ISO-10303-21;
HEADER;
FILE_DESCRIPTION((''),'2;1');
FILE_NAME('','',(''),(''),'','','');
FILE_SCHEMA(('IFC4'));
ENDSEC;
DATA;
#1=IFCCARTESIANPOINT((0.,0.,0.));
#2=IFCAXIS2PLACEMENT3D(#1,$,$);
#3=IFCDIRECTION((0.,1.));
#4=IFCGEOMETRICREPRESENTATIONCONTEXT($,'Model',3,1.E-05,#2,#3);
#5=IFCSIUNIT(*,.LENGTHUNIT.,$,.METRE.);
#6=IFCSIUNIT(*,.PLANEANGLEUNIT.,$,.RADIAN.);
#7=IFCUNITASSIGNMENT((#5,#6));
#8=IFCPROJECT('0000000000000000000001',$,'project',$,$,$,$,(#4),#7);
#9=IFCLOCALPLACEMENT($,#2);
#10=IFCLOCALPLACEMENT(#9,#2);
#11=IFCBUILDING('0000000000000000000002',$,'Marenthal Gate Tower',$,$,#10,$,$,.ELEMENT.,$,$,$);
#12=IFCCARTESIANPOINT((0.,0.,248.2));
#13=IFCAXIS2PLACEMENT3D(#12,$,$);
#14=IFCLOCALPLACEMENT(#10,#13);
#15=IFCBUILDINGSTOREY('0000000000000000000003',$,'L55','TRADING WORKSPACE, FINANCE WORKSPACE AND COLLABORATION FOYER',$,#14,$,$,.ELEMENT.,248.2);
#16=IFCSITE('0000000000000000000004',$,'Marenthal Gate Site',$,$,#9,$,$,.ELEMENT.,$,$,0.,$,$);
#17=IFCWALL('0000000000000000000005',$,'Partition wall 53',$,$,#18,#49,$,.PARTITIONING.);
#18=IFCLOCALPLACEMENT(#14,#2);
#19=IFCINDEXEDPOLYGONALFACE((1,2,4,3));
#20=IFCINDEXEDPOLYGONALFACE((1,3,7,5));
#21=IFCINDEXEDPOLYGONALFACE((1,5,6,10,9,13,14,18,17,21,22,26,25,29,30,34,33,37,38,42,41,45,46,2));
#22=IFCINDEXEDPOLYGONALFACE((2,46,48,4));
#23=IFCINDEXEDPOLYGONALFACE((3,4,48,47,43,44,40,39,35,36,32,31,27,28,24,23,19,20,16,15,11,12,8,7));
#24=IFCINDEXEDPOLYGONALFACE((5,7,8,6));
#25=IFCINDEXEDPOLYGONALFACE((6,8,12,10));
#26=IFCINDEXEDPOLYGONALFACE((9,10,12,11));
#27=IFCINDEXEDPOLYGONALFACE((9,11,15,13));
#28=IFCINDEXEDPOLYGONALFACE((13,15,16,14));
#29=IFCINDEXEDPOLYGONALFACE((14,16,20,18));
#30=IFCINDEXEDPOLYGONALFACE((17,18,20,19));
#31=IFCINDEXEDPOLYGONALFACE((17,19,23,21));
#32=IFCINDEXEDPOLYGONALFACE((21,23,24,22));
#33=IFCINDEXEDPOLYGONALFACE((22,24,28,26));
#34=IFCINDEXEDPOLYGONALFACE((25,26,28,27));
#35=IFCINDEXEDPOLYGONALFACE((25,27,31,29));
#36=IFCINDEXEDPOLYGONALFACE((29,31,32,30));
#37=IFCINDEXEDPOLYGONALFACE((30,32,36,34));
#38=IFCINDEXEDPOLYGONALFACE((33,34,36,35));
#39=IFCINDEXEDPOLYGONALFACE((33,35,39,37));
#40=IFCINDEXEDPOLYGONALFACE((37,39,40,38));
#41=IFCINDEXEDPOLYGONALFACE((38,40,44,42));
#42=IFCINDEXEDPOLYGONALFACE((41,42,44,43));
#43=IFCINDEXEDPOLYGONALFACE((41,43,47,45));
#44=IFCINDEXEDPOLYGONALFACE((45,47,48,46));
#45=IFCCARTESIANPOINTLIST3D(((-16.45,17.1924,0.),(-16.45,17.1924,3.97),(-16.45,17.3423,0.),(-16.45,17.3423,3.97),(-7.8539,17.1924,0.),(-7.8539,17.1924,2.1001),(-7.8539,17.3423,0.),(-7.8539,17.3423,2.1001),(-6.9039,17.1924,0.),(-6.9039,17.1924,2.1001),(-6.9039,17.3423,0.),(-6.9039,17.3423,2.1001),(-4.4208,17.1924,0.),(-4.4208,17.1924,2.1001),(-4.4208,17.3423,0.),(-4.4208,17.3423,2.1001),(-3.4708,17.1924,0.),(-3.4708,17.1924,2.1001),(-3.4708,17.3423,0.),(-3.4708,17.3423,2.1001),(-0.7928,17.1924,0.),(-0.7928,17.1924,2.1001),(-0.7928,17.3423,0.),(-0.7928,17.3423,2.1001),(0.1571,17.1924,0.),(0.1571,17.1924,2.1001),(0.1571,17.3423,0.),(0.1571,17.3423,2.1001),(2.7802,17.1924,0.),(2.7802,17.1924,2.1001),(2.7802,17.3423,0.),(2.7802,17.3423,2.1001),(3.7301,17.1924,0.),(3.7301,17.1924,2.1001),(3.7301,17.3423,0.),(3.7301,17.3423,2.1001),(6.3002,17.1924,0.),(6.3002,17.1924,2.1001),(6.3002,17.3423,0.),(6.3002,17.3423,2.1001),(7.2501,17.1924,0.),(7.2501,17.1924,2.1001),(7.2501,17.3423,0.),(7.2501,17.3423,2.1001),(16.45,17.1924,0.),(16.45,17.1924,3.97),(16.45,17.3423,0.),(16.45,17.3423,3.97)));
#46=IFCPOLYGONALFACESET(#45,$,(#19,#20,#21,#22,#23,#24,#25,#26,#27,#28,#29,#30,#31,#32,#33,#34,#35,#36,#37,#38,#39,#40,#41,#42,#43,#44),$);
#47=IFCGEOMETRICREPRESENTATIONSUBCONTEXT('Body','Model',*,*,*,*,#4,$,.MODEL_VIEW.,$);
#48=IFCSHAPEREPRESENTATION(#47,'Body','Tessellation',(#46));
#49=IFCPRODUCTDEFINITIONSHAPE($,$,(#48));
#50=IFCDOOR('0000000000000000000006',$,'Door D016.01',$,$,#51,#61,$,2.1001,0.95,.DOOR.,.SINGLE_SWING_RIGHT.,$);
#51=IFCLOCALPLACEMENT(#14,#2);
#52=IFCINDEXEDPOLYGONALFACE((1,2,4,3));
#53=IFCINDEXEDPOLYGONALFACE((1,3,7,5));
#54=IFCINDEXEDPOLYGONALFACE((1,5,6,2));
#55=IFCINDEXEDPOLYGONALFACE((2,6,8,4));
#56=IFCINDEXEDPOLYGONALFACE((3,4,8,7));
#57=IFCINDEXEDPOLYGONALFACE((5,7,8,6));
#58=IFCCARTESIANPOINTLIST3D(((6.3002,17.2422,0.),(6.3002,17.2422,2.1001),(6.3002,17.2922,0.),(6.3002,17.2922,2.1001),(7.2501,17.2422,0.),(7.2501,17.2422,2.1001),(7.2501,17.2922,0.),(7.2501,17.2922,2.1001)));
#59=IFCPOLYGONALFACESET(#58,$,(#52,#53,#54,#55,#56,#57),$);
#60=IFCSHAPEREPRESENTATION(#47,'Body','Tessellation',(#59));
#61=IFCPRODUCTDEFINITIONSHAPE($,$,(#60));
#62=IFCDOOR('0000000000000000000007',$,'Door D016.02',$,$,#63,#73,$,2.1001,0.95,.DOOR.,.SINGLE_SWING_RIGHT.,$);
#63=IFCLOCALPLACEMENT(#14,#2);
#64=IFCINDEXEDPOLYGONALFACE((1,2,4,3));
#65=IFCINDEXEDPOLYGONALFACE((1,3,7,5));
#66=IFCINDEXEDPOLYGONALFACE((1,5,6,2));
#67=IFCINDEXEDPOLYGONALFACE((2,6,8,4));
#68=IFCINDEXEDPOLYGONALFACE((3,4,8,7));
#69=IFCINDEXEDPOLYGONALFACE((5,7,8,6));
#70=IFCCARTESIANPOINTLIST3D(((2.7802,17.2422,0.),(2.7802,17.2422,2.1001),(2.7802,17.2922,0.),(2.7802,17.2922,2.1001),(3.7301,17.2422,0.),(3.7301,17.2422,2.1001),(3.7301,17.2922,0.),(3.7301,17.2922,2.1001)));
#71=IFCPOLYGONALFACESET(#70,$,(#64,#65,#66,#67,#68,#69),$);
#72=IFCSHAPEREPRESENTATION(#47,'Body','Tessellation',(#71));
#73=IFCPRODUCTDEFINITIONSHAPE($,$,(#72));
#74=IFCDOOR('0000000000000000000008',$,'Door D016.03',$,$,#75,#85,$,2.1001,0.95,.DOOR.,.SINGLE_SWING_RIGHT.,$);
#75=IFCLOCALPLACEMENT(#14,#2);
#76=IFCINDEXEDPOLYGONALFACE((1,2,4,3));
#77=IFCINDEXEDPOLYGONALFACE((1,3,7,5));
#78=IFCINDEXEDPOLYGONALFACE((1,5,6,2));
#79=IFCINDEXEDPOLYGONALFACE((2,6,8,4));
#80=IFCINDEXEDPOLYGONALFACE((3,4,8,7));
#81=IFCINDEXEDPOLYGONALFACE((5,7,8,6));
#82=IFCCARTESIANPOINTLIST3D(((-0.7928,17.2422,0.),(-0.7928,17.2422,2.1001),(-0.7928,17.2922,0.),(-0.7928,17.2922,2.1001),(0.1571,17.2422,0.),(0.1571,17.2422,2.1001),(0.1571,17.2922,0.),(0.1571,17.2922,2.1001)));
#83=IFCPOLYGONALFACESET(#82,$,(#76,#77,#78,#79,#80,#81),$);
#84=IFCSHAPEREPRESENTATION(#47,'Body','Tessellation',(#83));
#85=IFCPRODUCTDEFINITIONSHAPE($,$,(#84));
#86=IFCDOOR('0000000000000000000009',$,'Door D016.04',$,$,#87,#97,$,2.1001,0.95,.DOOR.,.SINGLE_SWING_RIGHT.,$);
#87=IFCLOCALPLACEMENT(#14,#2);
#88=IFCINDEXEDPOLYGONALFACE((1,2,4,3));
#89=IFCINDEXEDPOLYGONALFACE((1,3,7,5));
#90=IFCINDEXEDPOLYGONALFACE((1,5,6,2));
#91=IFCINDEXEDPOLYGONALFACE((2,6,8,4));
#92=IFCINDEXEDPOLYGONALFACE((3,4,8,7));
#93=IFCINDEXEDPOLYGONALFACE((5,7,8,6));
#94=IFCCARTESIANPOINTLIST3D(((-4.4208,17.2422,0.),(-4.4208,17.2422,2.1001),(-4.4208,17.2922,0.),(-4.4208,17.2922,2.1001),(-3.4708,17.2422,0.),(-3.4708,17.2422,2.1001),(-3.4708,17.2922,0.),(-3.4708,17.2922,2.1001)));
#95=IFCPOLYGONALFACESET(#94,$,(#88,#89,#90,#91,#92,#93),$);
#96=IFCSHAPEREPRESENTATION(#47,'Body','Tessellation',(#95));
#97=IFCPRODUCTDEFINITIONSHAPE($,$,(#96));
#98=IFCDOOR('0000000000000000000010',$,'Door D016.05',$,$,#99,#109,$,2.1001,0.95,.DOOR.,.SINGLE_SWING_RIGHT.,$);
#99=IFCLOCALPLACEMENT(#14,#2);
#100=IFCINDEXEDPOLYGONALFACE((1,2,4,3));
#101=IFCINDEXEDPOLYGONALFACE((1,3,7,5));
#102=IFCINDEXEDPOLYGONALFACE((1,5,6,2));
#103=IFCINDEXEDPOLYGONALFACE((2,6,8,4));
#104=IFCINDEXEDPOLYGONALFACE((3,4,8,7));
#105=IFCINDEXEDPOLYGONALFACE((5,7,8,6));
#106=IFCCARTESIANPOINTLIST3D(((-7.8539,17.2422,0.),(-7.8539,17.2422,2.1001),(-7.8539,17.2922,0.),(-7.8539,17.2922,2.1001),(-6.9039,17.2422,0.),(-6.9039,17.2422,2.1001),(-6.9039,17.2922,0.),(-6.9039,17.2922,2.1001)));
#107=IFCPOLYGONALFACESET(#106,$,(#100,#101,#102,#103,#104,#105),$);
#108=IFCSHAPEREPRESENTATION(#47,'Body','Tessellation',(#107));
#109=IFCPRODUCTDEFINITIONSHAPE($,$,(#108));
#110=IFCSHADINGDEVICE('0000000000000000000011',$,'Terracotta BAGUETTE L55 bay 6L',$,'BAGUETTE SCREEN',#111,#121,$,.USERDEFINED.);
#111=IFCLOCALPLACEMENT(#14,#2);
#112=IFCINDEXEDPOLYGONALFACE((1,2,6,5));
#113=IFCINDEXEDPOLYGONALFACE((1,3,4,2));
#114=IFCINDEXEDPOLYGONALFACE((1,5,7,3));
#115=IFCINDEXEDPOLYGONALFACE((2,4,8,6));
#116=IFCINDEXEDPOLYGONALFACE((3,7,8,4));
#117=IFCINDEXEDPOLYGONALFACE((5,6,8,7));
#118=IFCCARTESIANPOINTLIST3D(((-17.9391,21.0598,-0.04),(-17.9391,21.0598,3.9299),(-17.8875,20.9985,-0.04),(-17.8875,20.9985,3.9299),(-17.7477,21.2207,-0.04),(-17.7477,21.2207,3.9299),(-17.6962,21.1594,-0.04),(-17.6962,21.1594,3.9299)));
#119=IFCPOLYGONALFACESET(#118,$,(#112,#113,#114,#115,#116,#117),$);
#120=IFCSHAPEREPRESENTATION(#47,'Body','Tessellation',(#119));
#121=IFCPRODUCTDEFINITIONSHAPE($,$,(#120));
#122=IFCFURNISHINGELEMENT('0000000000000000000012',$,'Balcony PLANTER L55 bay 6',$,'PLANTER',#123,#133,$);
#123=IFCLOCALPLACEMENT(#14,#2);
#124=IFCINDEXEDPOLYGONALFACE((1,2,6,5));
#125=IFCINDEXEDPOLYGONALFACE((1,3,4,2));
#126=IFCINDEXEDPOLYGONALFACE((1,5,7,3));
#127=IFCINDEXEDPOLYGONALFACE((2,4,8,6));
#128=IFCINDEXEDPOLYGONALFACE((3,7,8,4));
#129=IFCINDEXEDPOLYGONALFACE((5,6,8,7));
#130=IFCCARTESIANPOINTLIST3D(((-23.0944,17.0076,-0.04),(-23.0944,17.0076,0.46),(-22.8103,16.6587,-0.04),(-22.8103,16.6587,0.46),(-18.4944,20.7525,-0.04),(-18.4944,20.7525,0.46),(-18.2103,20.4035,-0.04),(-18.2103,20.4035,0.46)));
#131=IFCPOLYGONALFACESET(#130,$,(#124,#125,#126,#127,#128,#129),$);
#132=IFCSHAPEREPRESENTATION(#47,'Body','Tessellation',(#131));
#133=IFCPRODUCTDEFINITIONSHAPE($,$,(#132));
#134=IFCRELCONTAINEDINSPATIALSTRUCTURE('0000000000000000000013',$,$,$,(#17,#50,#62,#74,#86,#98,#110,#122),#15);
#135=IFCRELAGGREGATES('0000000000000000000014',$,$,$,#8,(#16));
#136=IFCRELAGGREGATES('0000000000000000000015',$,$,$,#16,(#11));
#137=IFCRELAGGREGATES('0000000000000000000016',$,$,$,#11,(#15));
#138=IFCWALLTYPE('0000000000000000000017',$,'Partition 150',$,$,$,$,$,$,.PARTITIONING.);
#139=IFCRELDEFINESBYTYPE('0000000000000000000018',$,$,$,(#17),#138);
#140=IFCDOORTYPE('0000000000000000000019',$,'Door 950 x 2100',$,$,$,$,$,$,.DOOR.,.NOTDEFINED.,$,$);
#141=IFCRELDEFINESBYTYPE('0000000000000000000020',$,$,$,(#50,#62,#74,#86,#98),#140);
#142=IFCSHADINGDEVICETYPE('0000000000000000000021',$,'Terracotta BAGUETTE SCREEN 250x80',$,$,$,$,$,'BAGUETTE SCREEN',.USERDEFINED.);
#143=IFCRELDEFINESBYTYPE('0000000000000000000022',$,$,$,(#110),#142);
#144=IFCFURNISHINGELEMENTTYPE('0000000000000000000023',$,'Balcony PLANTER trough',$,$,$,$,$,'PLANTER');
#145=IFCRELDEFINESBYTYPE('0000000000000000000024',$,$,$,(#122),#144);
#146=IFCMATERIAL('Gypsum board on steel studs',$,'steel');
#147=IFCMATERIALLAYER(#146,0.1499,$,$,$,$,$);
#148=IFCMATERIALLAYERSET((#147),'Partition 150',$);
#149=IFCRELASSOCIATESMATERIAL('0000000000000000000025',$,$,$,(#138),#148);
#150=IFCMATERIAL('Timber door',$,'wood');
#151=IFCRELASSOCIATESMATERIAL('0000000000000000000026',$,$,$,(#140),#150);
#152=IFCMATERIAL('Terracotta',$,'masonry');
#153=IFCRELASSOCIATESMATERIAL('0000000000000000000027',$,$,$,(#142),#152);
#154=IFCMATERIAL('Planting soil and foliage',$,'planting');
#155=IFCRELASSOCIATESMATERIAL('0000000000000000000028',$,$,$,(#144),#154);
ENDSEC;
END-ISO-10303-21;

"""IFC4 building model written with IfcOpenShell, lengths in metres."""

from ifc_helpers import new_model, si_unit, direction, frame, frame_2d, origin, origin_2d, place, context, subcontext, project, spatial, rectangle, extrude, material, layer, layer_set, material_profile, profile_set, type_object, element, fill, save


model = new_model("IFC4")

# Units and contexts
model_context = context("Model", 3, precision=1e-05, world=origin(), true_north=direction((0.0, 1.0)))
body_context = subcontext(model_context, "Body", "Model", "MODEL_VIEW")
ifc_project = project(units=[si_unit("LENGTHUNIT", "METRE"), si_unit("PLANEANGLEUNIT", "RADIAN")], contexts=[model_context])

# Site, building, storey
site_placement = place(None, origin())
site = spatial("IfcSite", under=ifc_project, at=site_placement, Name="Marenthal Gate Site", CompositionType="ELEMENT", RefElevation=0.0)
building_placement = place(site_placement, origin())
building = spatial("IfcBuilding", under=site, at=building_placement, Name="Marenthal Gate Tower", CompositionType="ELEMENT")
storey_placement = place(building_placement, frame((0.0, 0.0, 248.2)))
storey = spatial("IfcBuildingStorey", under=building, at=storey_placement, Name="L55", Description="TRADING WORKSPACE, FINANCE WORKSPACE AND COLLABORATION FOYER", CompositionType="ELEMENT", Elevation=248.2)

# Shared definitions
ifc_material_1 = material(Name="Gypsum board on steel studs", Category="steel")
ifc_layer_1 = layer(ifc_material_1, 0.1499)
ifc_layer_set_1 = layer_set([ifc_layer_1], Name="Partition 150")
wall_type_1 = type_object("IfcWallType", Name="Partition 150", PredefinedType="PARTITIONING", material=ifc_layer_set_1)

# Wall, openings, doors
wall_1_placement = place(storey_placement, frame((-16.45, 17.2673, 0.0), z_axis=(0.0, 0.0, 1.0), x_axis=(1.0, 0.0, 0.0)))
wall_1 = element("IfcWall", 1, at=wall_1_placement, inside=storey, type_object=wall_type_1, Name="Partition wall 53", PredefinedType="PARTITIONING", context=body_context, shape_type="SweptSolid", body=[
    extrude(rectangle(XDim=32.8999, YDim=0.1499, at=frame_2d((16.45, 0.0))), origin(), (0.0, 0.0, 1.0), 3.97),
])
opening_1_placement = place(wall_1_placement, frame((22.75, 0.0, 0.0)))
opening_1 = element("IfcOpeningElement", 2, at=opening_1_placement, cuts=wall_1, PredefinedType="OPENING", context=body_context, shape_type="SweptSolid", body=[
    extrude(rectangle(XDim=0.95, YDim=2.1001, at=frame_2d((0.4751, 1.05))), frame((0.0, 0.085, 0.0), z_axis=(0.0, -1.0, 0.0), x_axis=(1.0, 0.0, 0.0)), (0.0, 0.0, 1.0), 0.1699),
])
opening_2_placement = place(wall_1_placement, frame((19.23, 0.0, 0.0)))
opening_2 = element("IfcOpeningElement", 3, at=opening_2_placement, cuts=wall_1, PredefinedType="OPENING", context=body_context, shape_type="SweptSolid", body=[
    extrude(rectangle(XDim=0.95, YDim=2.1001, at=frame_2d((0.4751, 1.05))), frame((0.0, 0.085, 0.0), z_axis=(0.0, -1.0, 0.0), x_axis=(1.0, 0.0, 0.0)), (0.0, 0.0, 1.0), 0.1699),
])
opening_3_placement = place(wall_1_placement, frame((15.657, 0.0, 0.0)))
opening_3 = element("IfcOpeningElement", 4, at=opening_3_placement, cuts=wall_1, PredefinedType="OPENING", context=body_context, shape_type="SweptSolid", body=[
    extrude(rectangle(XDim=0.95, YDim=2.1001, at=frame_2d((0.4751, 1.05))), frame((0.0, 0.085, 0.0), z_axis=(0.0, -1.0, 0.0), x_axis=(1.0, 0.0, 0.0)), (0.0, 0.0, 1.0), 0.1699),
])
opening_4_placement = place(wall_1_placement, frame((12.0291, 0.0, 0.0)))
opening_4 = element("IfcOpeningElement", 5, at=opening_4_placement, cuts=wall_1, PredefinedType="OPENING", context=body_context, shape_type="SweptSolid", body=[
    extrude(rectangle(XDim=0.95, YDim=2.1001, at=frame_2d((0.4751, 1.05))), frame((0.0, 0.085, 0.0), z_axis=(0.0, -1.0, 0.0), x_axis=(1.0, 0.0, 0.0)), (0.0, 0.0, 1.0), 0.1699),
])
opening_5_placement = place(wall_1_placement, frame((8.5959, 0.0, 0.0)))
opening_5 = element("IfcOpeningElement", 6, at=opening_5_placement, cuts=wall_1, PredefinedType="OPENING", context=body_context, shape_type="SweptSolid", body=[
    extrude(rectangle(XDim=0.95, YDim=2.1001, at=frame_2d((0.4751, 1.05))), frame((0.0, 0.085, 0.0), z_axis=(0.0, -1.0, 0.0), x_axis=(1.0, 0.0, 0.0)), (0.0, 0.0, 1.0), 0.1699),
])
ifc_material_2 = material(Name="Timber door", Category="wood")
door_type_1 = type_object("IfcDoorType", Name="Door 950 x 2100", OperationType="NOTDEFINED", PredefinedType="DOOR", material=ifc_material_2)
door_1_placement = place(opening_1_placement, origin())
door_1 = element("IfcDoor", 7, at=door_1_placement, inside=storey, type_object=door_type_1, Name="Door D016.01", OperationType="SINGLE_SWING_RIGHT", OverallHeight=2.1001, OverallWidth=0.95, PredefinedType="DOOR", context=body_context, shape_type="SweptSolid", body=[
    extrude(rectangle(XDim=0.95, YDim=2.1001, at=frame_2d((0.4751, 1.05))), frame((0.0, 0.0249, 0.0), z_axis=(0.0, -1.0, 0.0), x_axis=(1.0, 0.0, 0.0)), (0.0, 0.0, 1.0), 0.05),
])
fill(opening_1, door_1)
door_2_placement = place(opening_2_placement, origin())
door_2 = element("IfcDoor", 8, at=door_2_placement, inside=storey, type_object=door_type_1, Name="Door D016.02", OperationType="SINGLE_SWING_RIGHT", OverallHeight=2.1001, OverallWidth=0.95, PredefinedType="DOOR", context=body_context, shape_type="SweptSolid", body=[
    extrude(rectangle(XDim=0.95, YDim=2.1001, at=frame_2d((0.4751, 1.05))), frame((0.0, 0.0249, 0.0), z_axis=(0.0, -1.0, 0.0), x_axis=(1.0, 0.0, 0.0)), (0.0, 0.0, 1.0), 0.05),
])
fill(opening_2, door_2)
door_3_placement = place(opening_3_placement, origin())
door_3 = element("IfcDoor", 9, at=door_3_placement, inside=storey, type_object=door_type_1, Name="Door D016.03", OperationType="SINGLE_SWING_RIGHT", OverallHeight=2.1001, OverallWidth=0.95, PredefinedType="DOOR", context=body_context, shape_type="SweptSolid", body=[
    extrude(rectangle(XDim=0.95, YDim=2.1001, at=frame_2d((0.4751, 1.05))), frame((0.0, 0.0249, 0.0), z_axis=(0.0, -1.0, 0.0), x_axis=(1.0, 0.0, 0.0)), (0.0, 0.0, 1.0), 0.05),
])
fill(opening_3, door_3)
door_4_placement = place(opening_4_placement, origin())
door_4 = element("IfcDoor", 10, at=door_4_placement, inside=storey, type_object=door_type_1, Name="Door D016.04", OperationType="SINGLE_SWING_RIGHT", OverallHeight=2.1001, OverallWidth=0.95, PredefinedType="DOOR", context=body_context, shape_type="SweptSolid", body=[
    extrude(rectangle(XDim=0.95, YDim=2.1001, at=frame_2d((0.4751, 1.05))), frame((0.0, 0.0249, 0.0), z_axis=(0.0, -1.0, 0.0), x_axis=(1.0, 0.0, 0.0)), (0.0, 0.0, 1.0), 0.05),
])
fill(opening_4, door_4)
door_5_placement = place(opening_5_placement, origin())
door_5 = element("IfcDoor", 11, at=door_5_placement, inside=storey, type_object=door_type_1, Name="Door D016.05", OperationType="SINGLE_SWING_RIGHT", OverallHeight=2.1001, OverallWidth=0.95, PredefinedType="DOOR", context=body_context, shape_type="SweptSolid", body=[
    extrude(rectangle(XDim=0.95, YDim=2.1001, at=frame_2d((0.4751, 1.05))), frame((0.0, 0.0249, 0.0), z_axis=(0.0, -1.0, 0.0), x_axis=(1.0, 0.0, 0.0)), (0.0, 0.0, 1.0), 0.05),
])
fill(opening_5, door_5)

# Shading device
ifc_material_3 = material(Name="Terracotta", Category="masonry")
ifc_material_profile_1 = material_profile(ifc_material_3, rectangle(XDim=0.25, YDim=0.0801, at=origin_2d()), Name="Terracotta baguette 250x80")
ifc_profile_set_1 = profile_set([ifc_material_profile_1], Name="Terracotta")
shading_device_type = type_object("IfcShadingDeviceType", Name="Terracotta BAGUETTE SCREEN 250x80", ElementType="BAGUETTE SCREEN", PredefinedType="USERDEFINED", material=ifc_profile_set_1)
shading_device_placement = place(storey_placement, frame((-17.8176, 21.1096, -0.04), z_axis=(0.0, 0.0, 1.0), x_axis=(-0.765398, -0.643557, 0.0)))
element("IfcShadingDevice", 12, at=shading_device_placement, inside=storey, type_object=shading_device_type, Name="Terracotta BAGUETTE L55 bay 6L", ObjectType="BAGUETTE SCREEN", PredefinedType="USERDEFINED", context=body_context, shape_type="SweptSolid", body=[
    extrude(rectangle(XDim=0.25, YDim=0.0801, at=origin_2d()), origin(), (0.0, 0.0, 1.0), 3.97),
])

# Furnishing element
ifc_material_4 = material(Name="Planting soil and foliage", Category="planting")
furnishing_element_type = type_object("IfcFurnishingElementType", Name="Balcony PLANTER trough", ElementType="PLANTER", material=ifc_material_4)
furnishing_placement = place(storey_placement, frame((-20.6523, 18.7056, -0.04), z_axis=(0.0, 0.0, 1.0), x_axis=(-0.775505, -0.631342, 0.0)))
element("IfcFurnishingElement", 13, at=furnishing_placement, inside=storey, type_object=furnishing_element_type, Name="Balcony PLANTER L55 bay 6", ObjectType="PLANTER", context=body_context, shape_type="SweptSolid", body=[
    extrude(rectangle(XDim=5.9316, YDim=0.45, at=origin_2d()), origin(), (0.0, 0.0, 1.0), 0.5),
])

save(model, "model.ifc")
